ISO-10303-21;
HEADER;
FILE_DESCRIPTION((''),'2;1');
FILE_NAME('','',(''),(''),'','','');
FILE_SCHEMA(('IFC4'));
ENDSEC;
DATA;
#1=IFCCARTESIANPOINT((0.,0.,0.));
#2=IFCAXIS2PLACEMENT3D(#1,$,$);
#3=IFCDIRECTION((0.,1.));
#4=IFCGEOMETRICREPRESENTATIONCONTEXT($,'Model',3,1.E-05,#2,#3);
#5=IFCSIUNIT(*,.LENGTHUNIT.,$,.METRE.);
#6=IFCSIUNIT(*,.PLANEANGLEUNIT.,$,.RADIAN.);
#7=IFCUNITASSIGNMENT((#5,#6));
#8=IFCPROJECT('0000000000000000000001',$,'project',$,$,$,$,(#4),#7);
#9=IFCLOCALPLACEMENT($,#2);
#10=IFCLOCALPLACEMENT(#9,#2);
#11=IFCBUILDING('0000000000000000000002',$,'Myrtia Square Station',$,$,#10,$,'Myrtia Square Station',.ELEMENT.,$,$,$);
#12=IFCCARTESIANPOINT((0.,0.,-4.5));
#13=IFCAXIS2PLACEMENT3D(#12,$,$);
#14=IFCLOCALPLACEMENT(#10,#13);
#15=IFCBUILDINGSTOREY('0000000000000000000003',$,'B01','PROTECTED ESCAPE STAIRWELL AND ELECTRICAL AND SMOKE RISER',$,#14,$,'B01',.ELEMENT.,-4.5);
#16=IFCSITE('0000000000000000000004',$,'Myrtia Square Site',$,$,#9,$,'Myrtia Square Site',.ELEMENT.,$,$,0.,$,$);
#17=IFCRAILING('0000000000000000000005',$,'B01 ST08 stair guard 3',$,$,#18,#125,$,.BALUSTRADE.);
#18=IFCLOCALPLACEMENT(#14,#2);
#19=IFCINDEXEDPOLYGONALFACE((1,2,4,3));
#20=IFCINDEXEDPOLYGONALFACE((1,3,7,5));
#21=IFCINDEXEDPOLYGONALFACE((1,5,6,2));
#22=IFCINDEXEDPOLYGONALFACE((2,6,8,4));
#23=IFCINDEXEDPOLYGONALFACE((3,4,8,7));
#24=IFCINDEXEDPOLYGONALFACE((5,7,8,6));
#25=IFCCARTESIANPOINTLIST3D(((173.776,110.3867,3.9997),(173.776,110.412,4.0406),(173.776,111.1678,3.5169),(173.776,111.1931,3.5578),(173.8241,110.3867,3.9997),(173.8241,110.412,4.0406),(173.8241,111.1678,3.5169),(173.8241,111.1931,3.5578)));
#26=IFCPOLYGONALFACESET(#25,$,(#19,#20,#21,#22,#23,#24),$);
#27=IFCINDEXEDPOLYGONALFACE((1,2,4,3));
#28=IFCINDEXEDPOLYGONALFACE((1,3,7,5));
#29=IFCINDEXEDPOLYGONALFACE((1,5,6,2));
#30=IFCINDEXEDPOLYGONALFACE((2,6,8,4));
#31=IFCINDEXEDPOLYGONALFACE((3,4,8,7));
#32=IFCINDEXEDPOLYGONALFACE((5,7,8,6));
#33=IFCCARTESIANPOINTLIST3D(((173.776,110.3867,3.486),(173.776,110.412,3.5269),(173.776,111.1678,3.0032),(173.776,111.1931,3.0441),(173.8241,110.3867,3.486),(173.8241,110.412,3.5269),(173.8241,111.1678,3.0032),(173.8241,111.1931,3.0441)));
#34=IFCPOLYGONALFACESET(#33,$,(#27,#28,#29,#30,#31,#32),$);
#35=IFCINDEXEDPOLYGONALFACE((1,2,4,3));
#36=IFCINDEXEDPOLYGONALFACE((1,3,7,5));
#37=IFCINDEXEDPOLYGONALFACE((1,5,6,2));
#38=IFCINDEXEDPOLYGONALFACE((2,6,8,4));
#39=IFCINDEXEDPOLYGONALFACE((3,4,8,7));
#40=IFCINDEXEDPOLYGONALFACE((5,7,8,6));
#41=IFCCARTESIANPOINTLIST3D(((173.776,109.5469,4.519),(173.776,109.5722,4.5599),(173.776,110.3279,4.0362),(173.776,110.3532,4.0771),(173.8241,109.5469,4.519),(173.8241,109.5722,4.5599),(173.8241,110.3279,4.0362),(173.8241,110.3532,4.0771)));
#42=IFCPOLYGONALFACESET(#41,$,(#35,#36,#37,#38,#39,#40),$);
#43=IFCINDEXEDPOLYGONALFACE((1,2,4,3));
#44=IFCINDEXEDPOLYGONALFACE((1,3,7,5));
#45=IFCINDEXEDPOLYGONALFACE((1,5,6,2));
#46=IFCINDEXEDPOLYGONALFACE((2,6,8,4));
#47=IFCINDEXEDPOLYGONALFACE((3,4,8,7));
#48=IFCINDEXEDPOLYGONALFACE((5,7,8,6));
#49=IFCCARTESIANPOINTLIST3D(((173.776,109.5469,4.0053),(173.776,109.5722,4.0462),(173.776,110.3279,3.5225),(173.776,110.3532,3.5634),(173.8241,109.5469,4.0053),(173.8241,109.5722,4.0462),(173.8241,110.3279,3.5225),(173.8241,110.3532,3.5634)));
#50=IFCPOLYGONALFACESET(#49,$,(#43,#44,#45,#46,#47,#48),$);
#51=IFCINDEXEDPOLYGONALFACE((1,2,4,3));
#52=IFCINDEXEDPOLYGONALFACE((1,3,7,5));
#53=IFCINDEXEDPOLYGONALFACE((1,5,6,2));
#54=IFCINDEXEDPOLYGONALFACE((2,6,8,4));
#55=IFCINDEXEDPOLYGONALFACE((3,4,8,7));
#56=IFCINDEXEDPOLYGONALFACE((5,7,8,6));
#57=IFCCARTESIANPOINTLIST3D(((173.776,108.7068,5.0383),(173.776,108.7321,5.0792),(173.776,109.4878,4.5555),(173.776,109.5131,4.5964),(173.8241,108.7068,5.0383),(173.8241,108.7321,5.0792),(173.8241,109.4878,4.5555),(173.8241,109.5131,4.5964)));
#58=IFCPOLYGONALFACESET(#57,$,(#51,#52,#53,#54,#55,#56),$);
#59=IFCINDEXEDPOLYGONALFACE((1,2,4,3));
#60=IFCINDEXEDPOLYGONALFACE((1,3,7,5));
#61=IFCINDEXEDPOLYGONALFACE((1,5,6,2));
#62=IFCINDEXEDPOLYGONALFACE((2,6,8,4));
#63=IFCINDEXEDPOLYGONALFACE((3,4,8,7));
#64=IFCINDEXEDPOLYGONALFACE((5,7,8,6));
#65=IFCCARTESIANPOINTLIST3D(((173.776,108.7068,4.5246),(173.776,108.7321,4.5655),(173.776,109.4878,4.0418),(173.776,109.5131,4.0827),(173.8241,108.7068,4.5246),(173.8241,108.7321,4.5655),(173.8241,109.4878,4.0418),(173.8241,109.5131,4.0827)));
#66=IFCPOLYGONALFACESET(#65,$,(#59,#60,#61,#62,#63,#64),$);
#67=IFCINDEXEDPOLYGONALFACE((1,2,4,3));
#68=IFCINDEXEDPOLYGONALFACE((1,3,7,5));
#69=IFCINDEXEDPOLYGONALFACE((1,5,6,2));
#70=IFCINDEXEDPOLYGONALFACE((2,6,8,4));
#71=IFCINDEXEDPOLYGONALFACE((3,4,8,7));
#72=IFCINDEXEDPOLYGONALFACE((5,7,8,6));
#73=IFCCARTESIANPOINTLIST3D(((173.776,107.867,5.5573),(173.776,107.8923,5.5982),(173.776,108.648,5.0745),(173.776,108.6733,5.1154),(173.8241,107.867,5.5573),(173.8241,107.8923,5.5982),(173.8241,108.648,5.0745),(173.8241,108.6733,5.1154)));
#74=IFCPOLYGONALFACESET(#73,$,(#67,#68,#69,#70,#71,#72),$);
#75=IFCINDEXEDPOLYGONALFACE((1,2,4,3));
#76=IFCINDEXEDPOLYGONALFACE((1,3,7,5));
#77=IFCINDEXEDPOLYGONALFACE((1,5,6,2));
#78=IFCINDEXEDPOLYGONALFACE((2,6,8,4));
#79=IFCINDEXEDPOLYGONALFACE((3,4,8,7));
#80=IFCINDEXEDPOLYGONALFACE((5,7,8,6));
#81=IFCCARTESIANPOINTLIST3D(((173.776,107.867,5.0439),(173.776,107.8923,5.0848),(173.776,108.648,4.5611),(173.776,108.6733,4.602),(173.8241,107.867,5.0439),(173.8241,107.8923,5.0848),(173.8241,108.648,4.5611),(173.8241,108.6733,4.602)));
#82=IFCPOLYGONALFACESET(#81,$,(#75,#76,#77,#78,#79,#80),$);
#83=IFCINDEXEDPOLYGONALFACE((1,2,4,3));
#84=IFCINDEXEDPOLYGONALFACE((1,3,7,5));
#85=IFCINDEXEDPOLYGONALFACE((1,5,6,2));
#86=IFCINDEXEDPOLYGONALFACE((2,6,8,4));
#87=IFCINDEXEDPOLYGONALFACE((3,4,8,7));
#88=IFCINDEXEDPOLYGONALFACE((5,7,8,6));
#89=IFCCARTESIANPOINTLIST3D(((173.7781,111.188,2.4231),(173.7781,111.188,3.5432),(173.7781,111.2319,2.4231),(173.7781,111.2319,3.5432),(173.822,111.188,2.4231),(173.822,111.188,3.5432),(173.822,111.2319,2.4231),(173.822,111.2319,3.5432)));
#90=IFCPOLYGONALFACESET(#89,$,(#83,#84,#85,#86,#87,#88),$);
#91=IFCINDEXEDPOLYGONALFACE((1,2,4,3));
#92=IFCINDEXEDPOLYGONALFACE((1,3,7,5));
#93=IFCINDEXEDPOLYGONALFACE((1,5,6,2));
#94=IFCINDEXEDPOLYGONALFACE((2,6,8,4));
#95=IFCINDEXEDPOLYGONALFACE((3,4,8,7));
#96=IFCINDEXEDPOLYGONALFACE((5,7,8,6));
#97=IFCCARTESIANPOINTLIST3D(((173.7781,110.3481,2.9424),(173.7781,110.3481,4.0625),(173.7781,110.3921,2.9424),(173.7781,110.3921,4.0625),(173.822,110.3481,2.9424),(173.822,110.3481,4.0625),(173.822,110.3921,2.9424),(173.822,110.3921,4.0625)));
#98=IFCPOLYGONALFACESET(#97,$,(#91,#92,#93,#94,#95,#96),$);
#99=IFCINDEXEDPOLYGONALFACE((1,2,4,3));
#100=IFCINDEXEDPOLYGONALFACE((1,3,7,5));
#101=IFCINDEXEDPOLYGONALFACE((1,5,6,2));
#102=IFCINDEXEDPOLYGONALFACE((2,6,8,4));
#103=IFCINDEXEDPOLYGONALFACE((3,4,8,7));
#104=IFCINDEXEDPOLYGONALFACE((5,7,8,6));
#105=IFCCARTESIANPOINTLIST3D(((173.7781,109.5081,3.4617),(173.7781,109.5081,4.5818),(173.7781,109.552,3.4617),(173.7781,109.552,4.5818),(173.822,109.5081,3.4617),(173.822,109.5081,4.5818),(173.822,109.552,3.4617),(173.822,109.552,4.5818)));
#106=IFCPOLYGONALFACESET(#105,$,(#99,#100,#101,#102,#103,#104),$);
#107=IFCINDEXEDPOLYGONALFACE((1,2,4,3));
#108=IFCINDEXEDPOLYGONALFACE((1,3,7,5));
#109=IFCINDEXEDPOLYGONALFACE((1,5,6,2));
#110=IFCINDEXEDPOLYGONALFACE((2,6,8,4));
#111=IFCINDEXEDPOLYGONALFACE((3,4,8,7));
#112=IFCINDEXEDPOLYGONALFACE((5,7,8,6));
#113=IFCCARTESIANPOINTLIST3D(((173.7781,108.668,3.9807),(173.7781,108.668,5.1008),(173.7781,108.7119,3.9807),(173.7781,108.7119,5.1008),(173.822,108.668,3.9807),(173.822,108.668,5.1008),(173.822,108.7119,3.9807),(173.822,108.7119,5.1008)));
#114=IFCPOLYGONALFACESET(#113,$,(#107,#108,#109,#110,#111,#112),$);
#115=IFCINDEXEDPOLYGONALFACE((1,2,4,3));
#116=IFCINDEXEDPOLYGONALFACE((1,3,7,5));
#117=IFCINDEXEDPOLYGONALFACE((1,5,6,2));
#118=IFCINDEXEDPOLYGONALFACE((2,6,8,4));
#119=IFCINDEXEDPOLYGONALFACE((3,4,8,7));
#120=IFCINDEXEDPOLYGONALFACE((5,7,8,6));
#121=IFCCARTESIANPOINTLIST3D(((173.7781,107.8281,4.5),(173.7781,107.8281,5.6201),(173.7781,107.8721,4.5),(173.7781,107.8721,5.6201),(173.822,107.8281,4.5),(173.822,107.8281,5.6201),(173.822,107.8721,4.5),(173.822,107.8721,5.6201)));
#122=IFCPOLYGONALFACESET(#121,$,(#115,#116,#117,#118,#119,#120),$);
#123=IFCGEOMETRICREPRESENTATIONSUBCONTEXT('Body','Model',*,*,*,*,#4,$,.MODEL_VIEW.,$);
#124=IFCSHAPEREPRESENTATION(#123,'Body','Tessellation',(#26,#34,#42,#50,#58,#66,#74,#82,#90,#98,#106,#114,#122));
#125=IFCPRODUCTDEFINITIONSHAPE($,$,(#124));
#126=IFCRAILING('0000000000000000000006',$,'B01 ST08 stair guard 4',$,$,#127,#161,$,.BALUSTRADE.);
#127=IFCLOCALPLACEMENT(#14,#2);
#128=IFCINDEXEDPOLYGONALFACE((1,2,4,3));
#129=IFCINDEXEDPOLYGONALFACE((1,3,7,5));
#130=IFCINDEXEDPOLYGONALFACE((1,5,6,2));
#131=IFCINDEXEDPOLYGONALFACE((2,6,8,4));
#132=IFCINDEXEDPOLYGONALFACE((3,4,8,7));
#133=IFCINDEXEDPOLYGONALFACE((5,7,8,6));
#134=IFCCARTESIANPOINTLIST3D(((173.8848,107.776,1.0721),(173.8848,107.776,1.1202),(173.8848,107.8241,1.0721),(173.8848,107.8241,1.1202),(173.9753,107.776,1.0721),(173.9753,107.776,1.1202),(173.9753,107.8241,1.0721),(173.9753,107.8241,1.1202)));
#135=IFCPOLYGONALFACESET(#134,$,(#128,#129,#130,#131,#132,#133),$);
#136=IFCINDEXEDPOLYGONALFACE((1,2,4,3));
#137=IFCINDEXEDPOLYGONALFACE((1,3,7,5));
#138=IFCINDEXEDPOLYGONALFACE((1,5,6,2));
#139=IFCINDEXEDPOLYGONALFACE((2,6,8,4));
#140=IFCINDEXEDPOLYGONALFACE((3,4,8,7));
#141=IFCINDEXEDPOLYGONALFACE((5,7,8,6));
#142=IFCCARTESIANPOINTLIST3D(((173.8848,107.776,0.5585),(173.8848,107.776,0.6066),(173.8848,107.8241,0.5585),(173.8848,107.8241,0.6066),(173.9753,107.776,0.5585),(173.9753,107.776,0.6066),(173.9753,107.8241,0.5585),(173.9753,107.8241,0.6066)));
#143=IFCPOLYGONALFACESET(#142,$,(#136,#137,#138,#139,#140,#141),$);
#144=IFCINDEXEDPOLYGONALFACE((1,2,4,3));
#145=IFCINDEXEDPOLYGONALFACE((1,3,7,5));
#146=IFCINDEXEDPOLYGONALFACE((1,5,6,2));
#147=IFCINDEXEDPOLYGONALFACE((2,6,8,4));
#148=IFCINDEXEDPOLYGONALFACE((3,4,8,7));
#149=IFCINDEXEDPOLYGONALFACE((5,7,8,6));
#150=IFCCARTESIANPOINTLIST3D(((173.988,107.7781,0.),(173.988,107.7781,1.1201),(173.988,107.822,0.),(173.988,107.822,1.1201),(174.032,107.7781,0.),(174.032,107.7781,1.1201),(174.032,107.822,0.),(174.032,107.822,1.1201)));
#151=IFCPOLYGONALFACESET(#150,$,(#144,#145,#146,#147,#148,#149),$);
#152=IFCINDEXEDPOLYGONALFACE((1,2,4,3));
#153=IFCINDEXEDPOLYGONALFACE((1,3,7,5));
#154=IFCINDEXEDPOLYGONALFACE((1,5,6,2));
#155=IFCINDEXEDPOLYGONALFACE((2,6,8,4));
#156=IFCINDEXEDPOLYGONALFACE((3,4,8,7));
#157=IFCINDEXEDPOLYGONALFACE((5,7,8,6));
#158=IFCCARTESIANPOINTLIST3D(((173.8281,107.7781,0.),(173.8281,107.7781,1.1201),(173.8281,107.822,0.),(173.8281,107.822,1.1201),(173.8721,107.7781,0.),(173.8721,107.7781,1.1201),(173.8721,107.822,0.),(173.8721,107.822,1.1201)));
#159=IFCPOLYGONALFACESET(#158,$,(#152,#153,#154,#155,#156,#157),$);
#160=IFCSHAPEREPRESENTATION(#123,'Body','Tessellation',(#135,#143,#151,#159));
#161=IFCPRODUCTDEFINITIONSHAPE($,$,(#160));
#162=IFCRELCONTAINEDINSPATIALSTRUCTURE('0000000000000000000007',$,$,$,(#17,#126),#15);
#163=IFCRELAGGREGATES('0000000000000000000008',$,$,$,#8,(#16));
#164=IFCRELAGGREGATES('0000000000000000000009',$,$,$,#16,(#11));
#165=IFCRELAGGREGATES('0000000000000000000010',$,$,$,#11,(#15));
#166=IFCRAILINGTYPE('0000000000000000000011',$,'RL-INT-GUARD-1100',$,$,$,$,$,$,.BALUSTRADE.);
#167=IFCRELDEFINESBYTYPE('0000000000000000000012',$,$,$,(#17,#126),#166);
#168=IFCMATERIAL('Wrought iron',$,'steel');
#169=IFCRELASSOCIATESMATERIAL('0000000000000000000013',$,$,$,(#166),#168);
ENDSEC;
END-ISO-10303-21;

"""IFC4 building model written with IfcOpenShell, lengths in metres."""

from ifc_helpers import new_model, si_unit, direction, frame, origin, origin_2d, place, context, subcontext, project, spatial, rectangle, extrude, material, type_object, element, save


model = new_model("IFC4")

# Units and contexts
model_context = context("Model", 3, precision=1e-05, world=origin(), true_north=direction((0.0, 1.0)))
body_context = subcontext(model_context, "Body", "Model", "MODEL_VIEW")
ifc_project = project(units=[si_unit("LENGTHUNIT", "METRE"), si_unit("PLANEANGLEUNIT", "RADIAN")], contexts=[model_context])

# Site, building, storey
site_placement = place(None, origin())
site = spatial("IfcSite", under=ifc_project, at=site_placement, Name="Myrtia Square Site", LongName="Myrtia Square Site", CompositionType="ELEMENT", RefElevation=0.0)
building_placement = place(site_placement, origin())
building = spatial("IfcBuilding", under=site, at=building_placement, Name="Myrtia Square Station", LongName="Myrtia Square Station", CompositionType="ELEMENT")
storey_placement = place(building_placement, frame((0.0, 0.0, -4.5)))
storey = spatial("IfcBuildingStorey", under=building, at=storey_placement, Name="B01", Description="PROTECTED ESCAPE STAIRWELL AND ELECTRICAL AND SMOKE RISER", LongName="B01", CompositionType="ELEMENT", Elevation=-4.5)

# Railings
ifc_material_1 = material(Name="Wrought iron", Category="steel")
railing_type_1 = type_object("IfcRailingType", Name="RL-INT-GUARD-1100", PredefinedType="BALUSTRADE", material=ifc_material_1)
railing_1_placement = place(storey_placement, frame((173.8, 111.21, 2.4231)))
element("IfcRailing", 1, at=railing_1_placement, inside=storey, type_object=railing_type_1, Name="B01 ST08 stair guard 3", PredefinedType="BALUSTRADE", context=body_context, shape_type="SweptSolid", body=[
    extrude(rectangle(XDim=0.0481, YDim=0.0481, at=origin_2d()), frame((0.0, -0.0295, 1.1143), z_axis=(0.0, -0.850606, 0.525803), x_axis=(1.0, 0.0, 0.0)), (0.0, 0.0, 1.0), 0.9182),
    extrude(rectangle(XDim=0.0481, YDim=0.0481, at=origin_2d()), frame((0.0, -0.0295, 0.6006), z_axis=(0.0, -0.850606, 0.525803), x_axis=(1.0, 0.0, 0.0)), (0.0, 0.0, 1.0), 0.9182),
    extrude(rectangle(XDim=0.0481, YDim=0.0481, at=origin_2d()), frame((0.0, -0.8694, 1.6335), z_axis=(0.0, -0.850606, 0.525803), x_axis=(1.0, 0.0, 0.0)), (0.0, 0.0, 1.0), 0.9182),
    extrude(rectangle(XDim=0.0481, YDim=0.0481, at=origin_2d()), frame((0.0, -0.8694, 1.1199), z_axis=(0.0, -0.850606, 0.525803), x_axis=(1.0, 0.0, 0.0)), (0.0, 0.0, 1.0), 0.9182),
    extrude(rectangle(XDim=0.0481, YDim=0.0481, at=origin_2d()), frame((0.0, -1.7095, 2.1528), z_axis=(0.0, -0.850606, 0.525803), x_axis=(1.0, 0.0, 0.0)), (0.0, 0.0, 1.0), 0.9182),
    extrude(rectangle(XDim=0.0481, YDim=0.0481, at=origin_2d()), frame((0.0, -1.7095, 1.6392), z_axis=(0.0, -0.850606, 0.525803), x_axis=(1.0, 0.0, 0.0)), (0.0, 0.0, 1.0), 0.9182),
    extrude(rectangle(XDim=0.0481, YDim=0.0481, at=origin_2d()), frame((0.0, -2.5493, 2.6719), z_axis=(0.0, -0.850606, 0.525803), x_axis=(1.0, 0.0, 0.0)), (0.0, 0.0, 1.0), 0.9182),
    extrude(rectangle(XDim=0.0481, YDim=0.0481, at=origin_2d()), frame((0.0, -2.5493, 2.1584), z_axis=(0.0, -0.850606, 0.525803), x_axis=(1.0, 0.0, 0.0)), (0.0, 0.0, 1.0), 0.9182),
    extrude(rectangle(XDim=0.0439, YDim=0.0439, at=origin_2d()), origin(), (0.0, 0.0, 1.0), 1.1201),
    extrude(rectangle(XDim=0.0439, YDim=0.0439, at=origin_2d()), frame((0.0, -0.8398, 0.5193)), (0.0, 0.0, 1.0), 1.1201),
    extrude(rectangle(XDim=0.0439, YDim=0.0439, at=origin_2d()), frame((0.0, -1.6799, 1.0386)), (0.0, 0.0, 1.0), 1.1201),
    extrude(rectangle(XDim=0.0439, YDim=0.0439, at=origin_2d()), frame((0.0, -2.52, 1.5576)), (0.0, 0.0, 1.0), 1.1201),
    extrude(rectangle(XDim=0.0439, YDim=0.0439, at=origin_2d()), frame((0.0, -3.3599, 2.0769)), (0.0, 0.0, 1.0), 1.1201),
])
railing_2_placement = place(storey_placement, frame((174.01, 107.8, 0.0)))
element("IfcRailing", 2, at=railing_2_placement, inside=storey, type_object=railing_type_1, Name="B01 ST08 stair guard 4", PredefinedType="BALUSTRADE", context=body_context, shape_type="SweptSolid", body=[
    extrude(rectangle(XDim=0.0481, YDim=0.0481, at=origin_2d()), frame((-0.0347, 0.0, 1.0962), z_axis=(-1.0, 0.0, 0.0), x_axis=(0.0, -1.0, 0.0)), (0.0, 0.0, 1.0), 0.0906),
    extrude(rectangle(XDim=0.0481, YDim=0.0481, at=origin_2d()), frame((-0.0347, 0.0, 0.5825), z_axis=(-1.0, 0.0, 0.0), x_axis=(0.0, -1.0, 0.0)), (0.0, 0.0, 1.0), 0.0906),
    extrude(rectangle(XDim=0.0439, YDim=0.0439, at=origin_2d()), origin(), (0.0, 0.0, 1.0), 1.1201),
    extrude(rectangle(XDim=0.0439, YDim=0.0439, at=origin_2d()), frame((-0.1599, 0.0, 0.0)), (0.0, 0.0, 1.0), 1.1201),
])

save(model, "model.ifc")
